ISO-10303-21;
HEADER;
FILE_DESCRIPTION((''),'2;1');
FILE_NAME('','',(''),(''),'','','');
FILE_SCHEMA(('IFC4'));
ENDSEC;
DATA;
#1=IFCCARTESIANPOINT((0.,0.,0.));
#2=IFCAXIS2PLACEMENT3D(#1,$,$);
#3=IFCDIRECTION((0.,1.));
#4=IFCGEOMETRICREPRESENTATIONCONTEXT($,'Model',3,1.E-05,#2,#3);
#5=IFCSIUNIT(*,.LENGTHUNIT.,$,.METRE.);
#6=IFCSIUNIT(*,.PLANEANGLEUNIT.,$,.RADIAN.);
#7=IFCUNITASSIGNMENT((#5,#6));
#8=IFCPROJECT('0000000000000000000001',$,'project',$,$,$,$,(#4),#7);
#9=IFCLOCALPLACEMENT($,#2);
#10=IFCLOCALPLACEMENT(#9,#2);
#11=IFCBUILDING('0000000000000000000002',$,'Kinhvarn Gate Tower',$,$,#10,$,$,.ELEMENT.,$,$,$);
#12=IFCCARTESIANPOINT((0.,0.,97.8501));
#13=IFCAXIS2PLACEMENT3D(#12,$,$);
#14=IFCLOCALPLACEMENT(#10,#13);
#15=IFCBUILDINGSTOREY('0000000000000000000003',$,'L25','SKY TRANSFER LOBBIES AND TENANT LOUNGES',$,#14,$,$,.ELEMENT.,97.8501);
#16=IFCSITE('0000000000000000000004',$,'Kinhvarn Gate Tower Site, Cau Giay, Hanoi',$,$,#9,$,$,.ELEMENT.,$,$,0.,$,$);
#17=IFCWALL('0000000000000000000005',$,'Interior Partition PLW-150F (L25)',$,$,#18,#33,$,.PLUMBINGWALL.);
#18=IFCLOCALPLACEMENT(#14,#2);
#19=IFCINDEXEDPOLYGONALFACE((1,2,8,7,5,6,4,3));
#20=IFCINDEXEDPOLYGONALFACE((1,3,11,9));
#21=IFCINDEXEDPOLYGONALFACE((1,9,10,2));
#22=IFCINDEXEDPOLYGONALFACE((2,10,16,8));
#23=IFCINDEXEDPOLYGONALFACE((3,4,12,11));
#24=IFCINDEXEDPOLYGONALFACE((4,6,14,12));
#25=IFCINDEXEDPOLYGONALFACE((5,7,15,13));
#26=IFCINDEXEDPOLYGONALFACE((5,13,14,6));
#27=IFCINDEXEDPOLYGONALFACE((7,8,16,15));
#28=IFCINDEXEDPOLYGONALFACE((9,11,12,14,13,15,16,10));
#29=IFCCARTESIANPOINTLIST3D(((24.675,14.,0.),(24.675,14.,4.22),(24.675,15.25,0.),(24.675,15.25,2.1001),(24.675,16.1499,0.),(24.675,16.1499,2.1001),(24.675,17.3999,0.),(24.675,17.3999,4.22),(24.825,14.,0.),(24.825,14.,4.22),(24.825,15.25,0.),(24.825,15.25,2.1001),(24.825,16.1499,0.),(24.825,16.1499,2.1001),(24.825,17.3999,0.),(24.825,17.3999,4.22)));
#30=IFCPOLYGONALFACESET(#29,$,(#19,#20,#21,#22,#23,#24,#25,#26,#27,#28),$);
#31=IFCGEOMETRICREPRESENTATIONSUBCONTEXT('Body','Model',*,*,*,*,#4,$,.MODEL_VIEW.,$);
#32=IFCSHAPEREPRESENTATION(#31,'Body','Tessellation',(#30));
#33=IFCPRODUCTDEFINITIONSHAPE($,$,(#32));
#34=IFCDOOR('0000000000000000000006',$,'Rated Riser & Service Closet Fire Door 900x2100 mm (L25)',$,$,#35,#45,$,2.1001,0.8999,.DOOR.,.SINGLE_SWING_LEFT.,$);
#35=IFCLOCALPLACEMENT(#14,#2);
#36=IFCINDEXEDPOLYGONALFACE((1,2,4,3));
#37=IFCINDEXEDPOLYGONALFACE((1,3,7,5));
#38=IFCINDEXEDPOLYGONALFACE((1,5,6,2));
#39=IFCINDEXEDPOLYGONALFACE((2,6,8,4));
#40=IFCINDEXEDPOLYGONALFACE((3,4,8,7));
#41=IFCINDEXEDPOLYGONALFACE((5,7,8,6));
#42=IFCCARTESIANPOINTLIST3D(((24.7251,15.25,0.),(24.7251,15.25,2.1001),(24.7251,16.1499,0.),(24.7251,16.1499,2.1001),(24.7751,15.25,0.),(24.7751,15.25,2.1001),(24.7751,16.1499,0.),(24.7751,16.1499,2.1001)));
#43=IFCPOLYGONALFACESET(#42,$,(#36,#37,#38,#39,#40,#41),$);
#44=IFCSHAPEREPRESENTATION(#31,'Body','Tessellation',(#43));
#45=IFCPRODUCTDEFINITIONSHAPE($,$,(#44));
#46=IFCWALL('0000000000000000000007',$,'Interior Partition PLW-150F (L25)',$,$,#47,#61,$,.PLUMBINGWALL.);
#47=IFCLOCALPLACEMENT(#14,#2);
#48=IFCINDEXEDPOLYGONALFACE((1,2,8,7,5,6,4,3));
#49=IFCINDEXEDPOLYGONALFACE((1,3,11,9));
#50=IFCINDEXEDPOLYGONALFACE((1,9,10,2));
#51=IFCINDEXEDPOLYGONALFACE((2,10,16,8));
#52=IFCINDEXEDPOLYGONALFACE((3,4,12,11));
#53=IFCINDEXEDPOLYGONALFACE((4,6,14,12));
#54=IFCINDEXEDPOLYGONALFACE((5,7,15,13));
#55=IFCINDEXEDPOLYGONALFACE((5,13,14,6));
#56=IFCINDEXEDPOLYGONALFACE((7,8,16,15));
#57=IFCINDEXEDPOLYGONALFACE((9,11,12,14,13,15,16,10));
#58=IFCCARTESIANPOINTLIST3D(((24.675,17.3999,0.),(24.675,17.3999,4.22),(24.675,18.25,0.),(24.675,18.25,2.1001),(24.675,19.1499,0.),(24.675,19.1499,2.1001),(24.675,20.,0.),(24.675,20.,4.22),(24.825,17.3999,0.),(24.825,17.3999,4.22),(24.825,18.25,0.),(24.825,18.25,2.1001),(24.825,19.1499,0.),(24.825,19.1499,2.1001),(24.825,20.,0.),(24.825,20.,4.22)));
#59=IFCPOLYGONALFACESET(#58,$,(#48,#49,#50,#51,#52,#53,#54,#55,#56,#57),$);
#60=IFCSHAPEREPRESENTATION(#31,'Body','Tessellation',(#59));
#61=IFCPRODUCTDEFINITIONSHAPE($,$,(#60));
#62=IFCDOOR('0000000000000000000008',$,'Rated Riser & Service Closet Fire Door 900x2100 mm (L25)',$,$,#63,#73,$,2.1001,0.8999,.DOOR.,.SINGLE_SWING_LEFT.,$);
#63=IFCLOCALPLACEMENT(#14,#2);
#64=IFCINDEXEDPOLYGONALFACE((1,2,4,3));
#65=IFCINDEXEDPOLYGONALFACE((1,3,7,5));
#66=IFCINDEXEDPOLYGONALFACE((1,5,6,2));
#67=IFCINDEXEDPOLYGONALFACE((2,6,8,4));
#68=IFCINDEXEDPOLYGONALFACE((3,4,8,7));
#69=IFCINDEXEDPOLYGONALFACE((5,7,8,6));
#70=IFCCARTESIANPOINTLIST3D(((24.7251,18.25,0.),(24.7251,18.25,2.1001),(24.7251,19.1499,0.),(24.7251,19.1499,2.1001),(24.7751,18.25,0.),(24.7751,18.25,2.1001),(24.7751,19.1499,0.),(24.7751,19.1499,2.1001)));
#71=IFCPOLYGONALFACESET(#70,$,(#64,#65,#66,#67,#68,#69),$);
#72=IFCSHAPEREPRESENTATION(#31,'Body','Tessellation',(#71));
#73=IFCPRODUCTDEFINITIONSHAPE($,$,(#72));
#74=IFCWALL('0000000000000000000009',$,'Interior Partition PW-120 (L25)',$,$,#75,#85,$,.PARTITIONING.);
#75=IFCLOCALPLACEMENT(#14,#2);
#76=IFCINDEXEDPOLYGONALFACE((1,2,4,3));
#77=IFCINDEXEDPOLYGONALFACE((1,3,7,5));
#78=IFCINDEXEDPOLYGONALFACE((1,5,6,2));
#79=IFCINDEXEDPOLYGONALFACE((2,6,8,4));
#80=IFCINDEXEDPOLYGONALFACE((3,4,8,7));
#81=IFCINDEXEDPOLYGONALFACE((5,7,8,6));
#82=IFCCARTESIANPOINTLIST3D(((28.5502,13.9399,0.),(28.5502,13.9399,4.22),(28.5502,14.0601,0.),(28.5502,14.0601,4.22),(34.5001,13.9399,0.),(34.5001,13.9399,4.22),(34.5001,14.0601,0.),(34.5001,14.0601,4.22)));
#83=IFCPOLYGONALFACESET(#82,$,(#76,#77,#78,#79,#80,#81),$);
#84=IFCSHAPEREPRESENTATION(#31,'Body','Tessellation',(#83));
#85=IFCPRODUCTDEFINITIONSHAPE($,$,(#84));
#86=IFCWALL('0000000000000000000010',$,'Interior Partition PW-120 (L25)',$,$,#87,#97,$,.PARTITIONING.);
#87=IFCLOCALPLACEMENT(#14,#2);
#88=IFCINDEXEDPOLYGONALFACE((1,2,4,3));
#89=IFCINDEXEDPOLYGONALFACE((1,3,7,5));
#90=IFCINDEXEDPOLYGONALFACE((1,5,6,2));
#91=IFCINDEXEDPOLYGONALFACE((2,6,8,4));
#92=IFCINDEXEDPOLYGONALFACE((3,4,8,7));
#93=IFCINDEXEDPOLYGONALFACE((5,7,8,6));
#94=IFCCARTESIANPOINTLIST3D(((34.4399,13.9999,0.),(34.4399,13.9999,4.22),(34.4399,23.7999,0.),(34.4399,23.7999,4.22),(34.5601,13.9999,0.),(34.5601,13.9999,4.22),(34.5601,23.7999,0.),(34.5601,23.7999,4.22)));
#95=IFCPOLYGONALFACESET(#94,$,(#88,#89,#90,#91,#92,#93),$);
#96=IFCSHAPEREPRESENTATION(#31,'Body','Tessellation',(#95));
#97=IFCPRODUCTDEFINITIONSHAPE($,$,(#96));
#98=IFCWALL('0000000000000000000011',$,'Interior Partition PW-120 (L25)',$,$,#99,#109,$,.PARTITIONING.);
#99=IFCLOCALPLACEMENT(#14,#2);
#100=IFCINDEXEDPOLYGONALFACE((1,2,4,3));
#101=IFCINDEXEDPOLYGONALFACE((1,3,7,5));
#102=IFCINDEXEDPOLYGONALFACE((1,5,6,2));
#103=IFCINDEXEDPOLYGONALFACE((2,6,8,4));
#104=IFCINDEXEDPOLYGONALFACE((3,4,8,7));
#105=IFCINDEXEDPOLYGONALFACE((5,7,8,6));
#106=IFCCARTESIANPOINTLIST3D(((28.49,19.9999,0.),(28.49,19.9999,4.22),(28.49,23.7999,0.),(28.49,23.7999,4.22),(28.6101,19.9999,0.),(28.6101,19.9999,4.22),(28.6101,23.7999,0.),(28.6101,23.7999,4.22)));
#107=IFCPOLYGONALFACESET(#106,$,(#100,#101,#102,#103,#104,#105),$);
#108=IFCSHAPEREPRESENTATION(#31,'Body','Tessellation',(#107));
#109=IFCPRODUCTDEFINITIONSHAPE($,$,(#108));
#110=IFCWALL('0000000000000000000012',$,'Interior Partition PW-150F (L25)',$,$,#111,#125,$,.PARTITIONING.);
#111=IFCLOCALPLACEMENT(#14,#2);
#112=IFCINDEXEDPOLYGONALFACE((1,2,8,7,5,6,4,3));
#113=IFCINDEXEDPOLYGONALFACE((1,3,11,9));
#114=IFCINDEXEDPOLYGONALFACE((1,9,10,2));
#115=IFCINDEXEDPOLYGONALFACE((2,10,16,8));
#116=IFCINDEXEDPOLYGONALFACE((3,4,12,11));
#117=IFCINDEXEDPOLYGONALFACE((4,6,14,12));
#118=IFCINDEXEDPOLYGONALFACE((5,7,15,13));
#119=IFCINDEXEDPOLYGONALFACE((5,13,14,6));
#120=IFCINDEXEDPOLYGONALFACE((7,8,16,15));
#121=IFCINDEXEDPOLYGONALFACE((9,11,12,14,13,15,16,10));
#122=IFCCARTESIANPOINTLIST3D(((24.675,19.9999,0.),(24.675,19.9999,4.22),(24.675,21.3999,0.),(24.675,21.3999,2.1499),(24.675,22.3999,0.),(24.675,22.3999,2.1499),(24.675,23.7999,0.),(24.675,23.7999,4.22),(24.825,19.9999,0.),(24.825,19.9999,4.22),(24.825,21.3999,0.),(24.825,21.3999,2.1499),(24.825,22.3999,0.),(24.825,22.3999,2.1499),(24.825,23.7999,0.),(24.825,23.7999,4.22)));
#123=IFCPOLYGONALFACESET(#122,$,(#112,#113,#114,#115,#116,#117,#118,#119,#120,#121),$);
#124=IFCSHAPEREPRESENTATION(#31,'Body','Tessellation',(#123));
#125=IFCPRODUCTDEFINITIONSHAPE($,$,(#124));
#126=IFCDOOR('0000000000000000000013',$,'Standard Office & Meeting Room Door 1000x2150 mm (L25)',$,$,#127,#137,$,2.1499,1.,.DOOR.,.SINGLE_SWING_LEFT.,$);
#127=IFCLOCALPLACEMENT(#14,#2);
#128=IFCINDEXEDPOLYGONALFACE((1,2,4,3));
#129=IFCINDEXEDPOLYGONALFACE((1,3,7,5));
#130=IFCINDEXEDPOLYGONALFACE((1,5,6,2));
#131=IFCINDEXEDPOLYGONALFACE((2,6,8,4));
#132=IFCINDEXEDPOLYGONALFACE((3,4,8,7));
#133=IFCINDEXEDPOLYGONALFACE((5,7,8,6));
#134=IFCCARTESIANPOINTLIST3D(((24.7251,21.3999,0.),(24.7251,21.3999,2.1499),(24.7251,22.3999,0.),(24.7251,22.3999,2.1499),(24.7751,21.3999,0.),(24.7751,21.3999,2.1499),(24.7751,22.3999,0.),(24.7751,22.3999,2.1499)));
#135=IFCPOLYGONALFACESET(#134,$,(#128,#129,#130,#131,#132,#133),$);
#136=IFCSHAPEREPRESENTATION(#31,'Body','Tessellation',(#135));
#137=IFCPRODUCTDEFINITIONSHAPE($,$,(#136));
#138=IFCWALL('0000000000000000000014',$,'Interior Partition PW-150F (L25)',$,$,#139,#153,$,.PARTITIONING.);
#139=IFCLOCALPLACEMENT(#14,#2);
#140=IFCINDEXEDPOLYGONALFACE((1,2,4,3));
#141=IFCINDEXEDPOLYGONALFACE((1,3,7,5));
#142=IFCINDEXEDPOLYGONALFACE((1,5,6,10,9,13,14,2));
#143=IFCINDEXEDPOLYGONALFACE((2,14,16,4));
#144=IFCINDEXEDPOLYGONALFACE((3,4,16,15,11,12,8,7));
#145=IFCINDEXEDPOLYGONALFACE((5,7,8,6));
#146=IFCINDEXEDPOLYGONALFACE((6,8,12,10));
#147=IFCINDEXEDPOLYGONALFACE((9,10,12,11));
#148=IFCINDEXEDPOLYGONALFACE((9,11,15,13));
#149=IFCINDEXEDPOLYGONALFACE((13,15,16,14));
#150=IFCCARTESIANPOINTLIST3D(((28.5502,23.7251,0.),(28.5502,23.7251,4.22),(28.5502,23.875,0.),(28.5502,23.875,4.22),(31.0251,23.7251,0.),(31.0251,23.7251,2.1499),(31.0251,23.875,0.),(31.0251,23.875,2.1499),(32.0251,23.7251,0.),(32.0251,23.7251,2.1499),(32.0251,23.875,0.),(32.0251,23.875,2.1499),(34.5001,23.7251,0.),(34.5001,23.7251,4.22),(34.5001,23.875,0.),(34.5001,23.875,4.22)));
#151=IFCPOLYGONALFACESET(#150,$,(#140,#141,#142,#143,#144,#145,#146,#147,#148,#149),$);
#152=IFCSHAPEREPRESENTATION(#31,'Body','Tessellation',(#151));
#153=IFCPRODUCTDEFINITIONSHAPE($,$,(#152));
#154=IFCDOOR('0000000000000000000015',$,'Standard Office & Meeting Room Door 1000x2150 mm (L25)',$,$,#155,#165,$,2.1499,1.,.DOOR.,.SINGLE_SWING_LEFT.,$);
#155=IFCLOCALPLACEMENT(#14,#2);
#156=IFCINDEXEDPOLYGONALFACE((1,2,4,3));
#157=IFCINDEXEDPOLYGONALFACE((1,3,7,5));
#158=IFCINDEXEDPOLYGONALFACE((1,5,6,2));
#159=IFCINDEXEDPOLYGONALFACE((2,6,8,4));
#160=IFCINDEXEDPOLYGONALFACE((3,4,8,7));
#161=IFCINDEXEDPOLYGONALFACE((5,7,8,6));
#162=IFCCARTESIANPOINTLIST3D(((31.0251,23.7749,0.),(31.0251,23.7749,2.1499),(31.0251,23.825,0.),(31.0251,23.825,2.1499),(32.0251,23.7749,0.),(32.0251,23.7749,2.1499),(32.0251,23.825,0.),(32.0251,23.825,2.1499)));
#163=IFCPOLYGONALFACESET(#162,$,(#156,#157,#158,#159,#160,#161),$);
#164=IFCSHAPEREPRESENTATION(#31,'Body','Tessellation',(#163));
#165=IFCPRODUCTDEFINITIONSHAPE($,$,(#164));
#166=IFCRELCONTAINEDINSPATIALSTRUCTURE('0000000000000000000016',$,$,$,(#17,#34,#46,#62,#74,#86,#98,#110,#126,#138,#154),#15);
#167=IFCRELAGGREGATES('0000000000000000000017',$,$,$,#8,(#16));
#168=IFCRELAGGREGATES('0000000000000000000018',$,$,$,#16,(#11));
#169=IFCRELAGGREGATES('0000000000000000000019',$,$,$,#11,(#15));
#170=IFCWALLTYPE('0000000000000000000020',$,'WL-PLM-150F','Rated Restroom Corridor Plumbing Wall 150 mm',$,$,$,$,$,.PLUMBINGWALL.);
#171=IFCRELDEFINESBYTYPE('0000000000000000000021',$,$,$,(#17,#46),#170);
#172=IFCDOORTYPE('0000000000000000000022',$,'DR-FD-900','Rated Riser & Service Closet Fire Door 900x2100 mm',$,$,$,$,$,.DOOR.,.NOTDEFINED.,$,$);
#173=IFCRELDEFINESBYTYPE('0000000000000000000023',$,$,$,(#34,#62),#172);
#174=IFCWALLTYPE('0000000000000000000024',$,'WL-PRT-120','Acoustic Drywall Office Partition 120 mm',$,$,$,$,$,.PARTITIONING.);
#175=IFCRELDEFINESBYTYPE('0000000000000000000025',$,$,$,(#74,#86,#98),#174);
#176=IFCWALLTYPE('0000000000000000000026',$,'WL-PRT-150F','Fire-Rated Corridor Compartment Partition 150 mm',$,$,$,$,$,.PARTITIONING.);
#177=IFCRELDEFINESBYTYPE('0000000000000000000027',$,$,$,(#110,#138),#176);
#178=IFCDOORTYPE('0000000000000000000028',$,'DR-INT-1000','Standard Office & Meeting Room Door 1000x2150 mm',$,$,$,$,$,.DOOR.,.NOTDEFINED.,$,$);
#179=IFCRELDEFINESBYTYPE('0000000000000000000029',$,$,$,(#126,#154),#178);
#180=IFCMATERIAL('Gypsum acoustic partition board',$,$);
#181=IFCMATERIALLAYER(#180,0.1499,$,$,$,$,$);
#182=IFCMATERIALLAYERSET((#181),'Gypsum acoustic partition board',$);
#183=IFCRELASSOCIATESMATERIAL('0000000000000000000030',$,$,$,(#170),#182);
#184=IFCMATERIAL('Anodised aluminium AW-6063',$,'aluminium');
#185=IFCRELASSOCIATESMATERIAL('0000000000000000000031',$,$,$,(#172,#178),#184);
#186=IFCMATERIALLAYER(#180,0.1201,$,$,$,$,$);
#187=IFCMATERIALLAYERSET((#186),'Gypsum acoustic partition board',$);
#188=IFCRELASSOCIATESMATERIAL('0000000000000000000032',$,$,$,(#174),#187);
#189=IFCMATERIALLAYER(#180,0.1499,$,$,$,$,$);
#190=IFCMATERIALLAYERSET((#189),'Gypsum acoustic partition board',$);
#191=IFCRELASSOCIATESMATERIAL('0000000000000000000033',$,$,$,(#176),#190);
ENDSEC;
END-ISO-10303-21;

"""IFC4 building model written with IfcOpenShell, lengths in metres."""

from ifc_helpers import new_model, si_unit, direction, frame, frame_2d, origin, place, context, subcontext, project, spatial, rectangle, extrude, material, layer, layer_set, type_object, element, fill, save


model = new_model("IFC4")

# Units and contexts
model_context = context("Model", 3, precision=1e-05, world=origin(), true_north=direction((0.0, 1.0)))
body_context = subcontext(model_context, "Body", "Model", "MODEL_VIEW")
ifc_project = project(units=[si_unit("LENGTHUNIT", "METRE"), si_unit("PLANEANGLEUNIT", "RADIAN")], contexts=[model_context])

# Site, building, storey
site_placement = place(None, origin())
site = spatial("IfcSite", under=ifc_project, at=site_placement, Name="Kinhvarn Gate Tower Site, Cau Giay, Hanoi", CompositionType="ELEMENT", RefElevation=0.0)
building_placement = place(site_placement, origin())
building = spatial("IfcBuilding", under=site, at=building_placement, Name="Kinhvarn Gate Tower", CompositionType="ELEMENT")
storey_placement = place(building_placement, frame((0.0, 0.0, 97.8501)))
storey = spatial("IfcBuildingStorey", under=building, at=storey_placement, Name="L25", Description="SKY TRANSFER LOBBIES AND TENANT LOUNGES", CompositionType="ELEMENT", Elevation=97.8501)

# Shared definitions
ifc_material_1 = material(Name="Gypsum acoustic partition board")

# Walls, openings, doors
ifc_layer_1 = layer(ifc_material_1, 0.1499)
ifc_layer_set_1 = layer_set([ifc_layer_1], Name="Gypsum acoustic partition board")
wall_type_1 = type_object("IfcWallType", Name="WL-PLM-150F", Description="Rated Restroom Corridor Plumbing Wall 150 mm", PredefinedType="PLUMBINGWALL", material=ifc_layer_set_1)
wall_1_placement = place(storey_placement, frame((24.75, 14.0, 0.0), z_axis=(0.0, 0.0, 1.0), x_axis=(0.0, 1.0, 0.0)))
wall_1 = element("IfcWall", 1, at=wall_1_placement, inside=storey, type_object=wall_type_1, Name="Interior Partition PLW-150F (L25)", PredefinedType="PLUMBINGWALL", context=body_context, shape_type="SweptSolid", body=[
    extrude(rectangle(XDim=3.3999, YDim=0.1499, at=frame_2d((1.7, 0.0))), origin(), (0.0, 0.0, 1.0), 4.22),
])
opening_1_placement = place(wall_1_placement, frame((1.25, 0.0, 0.0)))
opening_1 = element("IfcOpeningElement", 2, at=opening_1_placement, cuts=wall_1, PredefinedType="OPENING", context=body_context, shape_type="SweptSolid", body=[
    extrude(rectangle(XDim=0.8999, YDim=2.1001, at=frame_2d((0.45, 1.05))), frame((0.0, 0.085, 0.0), z_axis=(0.0, -1.0, 0.0), x_axis=(1.0, 0.0, 0.0)), (0.0, 0.0, 1.0), 0.1699),
])
ifc_material_2 = material(Name="Anodised aluminium AW-6063", Category="aluminium")
door_type_1 = type_object("IfcDoorType", Name="DR-FD-900", Description="Rated Riser & Service Closet Fire Door 900x2100 mm", OperationType="NOTDEFINED", PredefinedType="DOOR", material=ifc_material_2)
door_1_placement = place(opening_1_placement, origin())
door_1 = element("IfcDoor", 3, at=door_1_placement, inside=storey, type_object=door_type_1, Name="Rated Riser & Service Closet Fire Door 900x2100 mm (L25)", OperationType="SINGLE_SWING_LEFT", OverallHeight=2.1001, OverallWidth=0.8999, PredefinedType="DOOR", context=body_context, shape_type="SweptSolid", body=[
    extrude(rectangle(XDim=0.8999, YDim=2.1001, at=frame_2d((0.45, 1.05))), frame((0.0, 0.0249, 0.0), z_axis=(0.0, -1.0, 0.0), x_axis=(1.0, 0.0, 0.0)), (0.0, 0.0, 1.0), 0.05),
])
fill(opening_1, door_1)
wall_2_placement = place(storey_placement, frame((24.75, 17.3999, 0.0), z_axis=(0.0, 0.0, 1.0), x_axis=(0.0, 1.0, 0.0)))
wall_2 = element("IfcWall", 4, at=wall_2_placement, inside=storey, type_object=wall_type_1, Name="Interior Partition PLW-150F (L25)", PredefinedType="PLUMBINGWALL", context=body_context, shape_type="SweptSolid", body=[
    extrude(rectangle(XDim=2.6001, YDim=0.1499, at=frame_2d((1.3, 0.0))), origin(), (0.0, 0.0, 1.0), 4.22),
])
opening_2_placement = place(wall_2_placement, frame((0.8501, 0.0, 0.0)))
opening_2 = element("IfcOpeningElement", 5, at=opening_2_placement, cuts=wall_2, PredefinedType="OPENING", context=body_context, shape_type="SweptSolid", body=[
    extrude(rectangle(XDim=0.8999, YDim=2.1001, at=frame_2d((0.45, 1.05))), frame((0.0, 0.085, 0.0), z_axis=(0.0, -1.0, 0.0), x_axis=(1.0, 0.0, 0.0)), (0.0, 0.0, 1.0), 0.1699),
])
door_2_placement = place(opening_2_placement, origin())
door_2 = element("IfcDoor", 6, at=door_2_placement, inside=storey, type_object=door_type_1, Name="Rated Riser & Service Closet Fire Door 900x2100 mm (L25)", OperationType="SINGLE_SWING_LEFT", OverallHeight=2.1001, OverallWidth=0.8999, PredefinedType="DOOR", context=body_context, shape_type="SweptSolid", body=[
    extrude(rectangle(XDim=0.8999, YDim=2.1001, at=frame_2d((0.45, 1.05))), frame((0.0, 0.0249, 0.0), z_axis=(0.0, -1.0, 0.0), x_axis=(1.0, 0.0, 0.0)), (0.0, 0.0, 1.0), 0.05),
])
fill(opening_2, door_2)

# Walls
ifc_layer_2 = layer(ifc_material_1, 0.1201)
ifc_layer_set_2 = layer_set([ifc_layer_2], Name="Gypsum acoustic partition board")
wall_type_2 = type_object("IfcWallType", Name="WL-PRT-120", Description="Acoustic Drywall Office Partition 120 mm", PredefinedType="PARTITIONING", material=ifc_layer_set_2)
wall_3_placement = place(storey_placement, frame((28.55, 14.0, 0.0), z_axis=(0.0, 0.0, 1.0), x_axis=(1.0, 0.0, 0.0)))
element("IfcWall", 7, at=wall_3_placement, inside=storey, type_object=wall_type_2, Name="Interior Partition PW-120 (L25)", PredefinedType="PARTITIONING", context=body_context, shape_type="SweptSolid", body=[
    extrude(rectangle(XDim=5.95, YDim=0.1201, at=frame_2d((2.9751, 0.0))), origin(), (0.0, 0.0, 1.0), 4.22),
])
wall_4_placement = place(storey_placement, frame((34.5, 14.0, 0.0), z_axis=(0.0, 0.0, 1.0), x_axis=(0.0, 1.0, 0.0)))
element("IfcWall", 8, at=wall_4_placement, inside=storey, type_object=wall_type_2, Name="Interior Partition PW-120 (L25)", PredefinedType="PARTITIONING", context=body_context, shape_type="SweptSolid", body=[
    extrude(rectangle(XDim=9.8, YDim=0.1201, at=frame_2d((4.8999, 0.0))), origin(), (0.0, 0.0, 1.0), 4.22),
])
wall_5_placement = place(storey_placement, frame((28.55, 20.0, 0.0), z_axis=(0.0, 0.0, 1.0), x_axis=(0.0, 1.0, 0.0)))
element("IfcWall", 9, at=wall_5_placement, inside=storey, type_object=wall_type_2, Name="Interior Partition PW-120 (L25)", PredefinedType="PARTITIONING", context=body_context, shape_type="SweptSolid", body=[
    extrude(rectangle(XDim=3.8, YDim=0.1201, at=frame_2d((1.8999, 0.0))), origin(), (0.0, 0.0, 1.0), 4.22),
])

# Walls, openings, doors
ifc_layer_3 = layer(ifc_material_1, 0.1499)
ifc_layer_set_3 = layer_set([ifc_layer_3], Name="Gypsum acoustic partition board")
wall_type_3 = type_object("IfcWallType", Name="WL-PRT-150F", Description="Fire-Rated Corridor Compartment Partition 150 mm", PredefinedType="PARTITIONING", material=ifc_layer_set_3)
wall_6_placement = place(storey_placement, frame((24.75, 20.0, 0.0), z_axis=(0.0, 0.0, 1.0), x_axis=(0.0, 1.0, 0.0)))
wall_6 = element("IfcWall", 10, at=wall_6_placement, inside=storey, type_object=wall_type_3, Name="Interior Partition PW-150F (L25)", PredefinedType="PARTITIONING", context=body_context, shape_type="SweptSolid", body=[
    extrude(rectangle(XDim=3.8, YDim=0.1499, at=frame_2d((1.8999, 0.0))), origin(), (0.0, 0.0, 1.0), 4.22),
])
opening_3_placement = place(wall_6_placement, frame((1.3999, 0.0, 0.0)))
opening_3 = element("IfcOpeningElement", 11, at=opening_3_placement, cuts=wall_6, PredefinedType="OPENING", context=body_context, shape_type="SweptSolid", body=[
    extrude(rectangle(XDim=1.0, YDim=2.1499, at=frame_2d((0.5, 1.075))), frame((0.0, 0.085, 0.0), z_axis=(0.0, -1.0, 0.0), x_axis=(1.0, 0.0, 0.0)), (0.0, 0.0, 1.0), 0.1699),
])
door_type_2 = type_object("IfcDoorType", Name="DR-INT-1000", Description="Standard Office & Meeting Room Door 1000x2150 mm", OperationType="NOTDEFINED", PredefinedType="DOOR", material=ifc_material_2)
door_3_placement = place(opening_3_placement, origin())
door_3 = element("IfcDoor", 12, at=door_3_placement, inside=storey, type_object=door_type_2, Name="Standard Office & Meeting Room Door 1000x2150 mm (L25)", OperationType="SINGLE_SWING_LEFT", OverallHeight=2.1499, OverallWidth=1.0, PredefinedType="DOOR", context=body_context, shape_type="SweptSolid", body=[
    extrude(rectangle(XDim=1.0, YDim=2.1499, at=frame_2d((0.5, 1.075))), frame((0.0, 0.0249, 0.0), z_axis=(0.0, -1.0, 0.0), x_axis=(1.0, 0.0, 0.0)), (0.0, 0.0, 1.0), 0.05),
])
fill(opening_3, door_3)
wall_7_placement = place(storey_placement, frame((28.55, 23.8, 0.0), z_axis=(0.0, 0.0, 1.0), x_axis=(1.0, 0.0, 0.0)))
wall_7 = element("IfcWall", 13, at=wall_7_placement, inside=storey, type_object=wall_type_3, Name="Interior Partition PW-150F (L25)", PredefinedType="PARTITIONING", context=body_context, shape_type="SweptSolid", body=[
    extrude(rectangle(XDim=5.95, YDim=0.1499, at=frame_2d((2.9751, 0.0))), origin(), (0.0, 0.0, 1.0), 4.22),
])
opening_4_placement = place(wall_7_placement, frame((2.4751, 0.0, 0.0)))
opening_4 = element("IfcOpeningElement", 14, at=opening_4_placement, cuts=wall_7, PredefinedType="OPENING", context=body_context, shape_type="SweptSolid", body=[
    extrude(rectangle(XDim=1.0, YDim=2.1499, at=frame_2d((0.5, 1.075))), frame((0.0, 0.085, 0.0), z_axis=(0.0, -1.0, 0.0), x_axis=(1.0, 0.0, 0.0)), (0.0, 0.0, 1.0), 0.1699),
])
door_4_placement = place(opening_4_placement, origin())
door_4 = element("IfcDoor", 15, at=door_4_placement, inside=storey, type_object=door_type_2, Name="Standard Office & Meeting Room Door 1000x2150 mm (L25)", OperationType="SINGLE_SWING_LEFT", OverallHeight=2.1499, OverallWidth=1.0, PredefinedType="DOOR", context=body_context, shape_type="SweptSolid", body=[
    extrude(rectangle(XDim=1.0, YDim=2.1499, at=frame_2d((0.5, 1.075))), frame((0.0, 0.0249, 0.0), z_axis=(0.0, -1.0, 0.0), x_axis=(1.0, 0.0, 0.0)), (0.0, 0.0, 1.0), 0.05),
])
fill(opening_4, door_4)

save(model, "model.ifc")
